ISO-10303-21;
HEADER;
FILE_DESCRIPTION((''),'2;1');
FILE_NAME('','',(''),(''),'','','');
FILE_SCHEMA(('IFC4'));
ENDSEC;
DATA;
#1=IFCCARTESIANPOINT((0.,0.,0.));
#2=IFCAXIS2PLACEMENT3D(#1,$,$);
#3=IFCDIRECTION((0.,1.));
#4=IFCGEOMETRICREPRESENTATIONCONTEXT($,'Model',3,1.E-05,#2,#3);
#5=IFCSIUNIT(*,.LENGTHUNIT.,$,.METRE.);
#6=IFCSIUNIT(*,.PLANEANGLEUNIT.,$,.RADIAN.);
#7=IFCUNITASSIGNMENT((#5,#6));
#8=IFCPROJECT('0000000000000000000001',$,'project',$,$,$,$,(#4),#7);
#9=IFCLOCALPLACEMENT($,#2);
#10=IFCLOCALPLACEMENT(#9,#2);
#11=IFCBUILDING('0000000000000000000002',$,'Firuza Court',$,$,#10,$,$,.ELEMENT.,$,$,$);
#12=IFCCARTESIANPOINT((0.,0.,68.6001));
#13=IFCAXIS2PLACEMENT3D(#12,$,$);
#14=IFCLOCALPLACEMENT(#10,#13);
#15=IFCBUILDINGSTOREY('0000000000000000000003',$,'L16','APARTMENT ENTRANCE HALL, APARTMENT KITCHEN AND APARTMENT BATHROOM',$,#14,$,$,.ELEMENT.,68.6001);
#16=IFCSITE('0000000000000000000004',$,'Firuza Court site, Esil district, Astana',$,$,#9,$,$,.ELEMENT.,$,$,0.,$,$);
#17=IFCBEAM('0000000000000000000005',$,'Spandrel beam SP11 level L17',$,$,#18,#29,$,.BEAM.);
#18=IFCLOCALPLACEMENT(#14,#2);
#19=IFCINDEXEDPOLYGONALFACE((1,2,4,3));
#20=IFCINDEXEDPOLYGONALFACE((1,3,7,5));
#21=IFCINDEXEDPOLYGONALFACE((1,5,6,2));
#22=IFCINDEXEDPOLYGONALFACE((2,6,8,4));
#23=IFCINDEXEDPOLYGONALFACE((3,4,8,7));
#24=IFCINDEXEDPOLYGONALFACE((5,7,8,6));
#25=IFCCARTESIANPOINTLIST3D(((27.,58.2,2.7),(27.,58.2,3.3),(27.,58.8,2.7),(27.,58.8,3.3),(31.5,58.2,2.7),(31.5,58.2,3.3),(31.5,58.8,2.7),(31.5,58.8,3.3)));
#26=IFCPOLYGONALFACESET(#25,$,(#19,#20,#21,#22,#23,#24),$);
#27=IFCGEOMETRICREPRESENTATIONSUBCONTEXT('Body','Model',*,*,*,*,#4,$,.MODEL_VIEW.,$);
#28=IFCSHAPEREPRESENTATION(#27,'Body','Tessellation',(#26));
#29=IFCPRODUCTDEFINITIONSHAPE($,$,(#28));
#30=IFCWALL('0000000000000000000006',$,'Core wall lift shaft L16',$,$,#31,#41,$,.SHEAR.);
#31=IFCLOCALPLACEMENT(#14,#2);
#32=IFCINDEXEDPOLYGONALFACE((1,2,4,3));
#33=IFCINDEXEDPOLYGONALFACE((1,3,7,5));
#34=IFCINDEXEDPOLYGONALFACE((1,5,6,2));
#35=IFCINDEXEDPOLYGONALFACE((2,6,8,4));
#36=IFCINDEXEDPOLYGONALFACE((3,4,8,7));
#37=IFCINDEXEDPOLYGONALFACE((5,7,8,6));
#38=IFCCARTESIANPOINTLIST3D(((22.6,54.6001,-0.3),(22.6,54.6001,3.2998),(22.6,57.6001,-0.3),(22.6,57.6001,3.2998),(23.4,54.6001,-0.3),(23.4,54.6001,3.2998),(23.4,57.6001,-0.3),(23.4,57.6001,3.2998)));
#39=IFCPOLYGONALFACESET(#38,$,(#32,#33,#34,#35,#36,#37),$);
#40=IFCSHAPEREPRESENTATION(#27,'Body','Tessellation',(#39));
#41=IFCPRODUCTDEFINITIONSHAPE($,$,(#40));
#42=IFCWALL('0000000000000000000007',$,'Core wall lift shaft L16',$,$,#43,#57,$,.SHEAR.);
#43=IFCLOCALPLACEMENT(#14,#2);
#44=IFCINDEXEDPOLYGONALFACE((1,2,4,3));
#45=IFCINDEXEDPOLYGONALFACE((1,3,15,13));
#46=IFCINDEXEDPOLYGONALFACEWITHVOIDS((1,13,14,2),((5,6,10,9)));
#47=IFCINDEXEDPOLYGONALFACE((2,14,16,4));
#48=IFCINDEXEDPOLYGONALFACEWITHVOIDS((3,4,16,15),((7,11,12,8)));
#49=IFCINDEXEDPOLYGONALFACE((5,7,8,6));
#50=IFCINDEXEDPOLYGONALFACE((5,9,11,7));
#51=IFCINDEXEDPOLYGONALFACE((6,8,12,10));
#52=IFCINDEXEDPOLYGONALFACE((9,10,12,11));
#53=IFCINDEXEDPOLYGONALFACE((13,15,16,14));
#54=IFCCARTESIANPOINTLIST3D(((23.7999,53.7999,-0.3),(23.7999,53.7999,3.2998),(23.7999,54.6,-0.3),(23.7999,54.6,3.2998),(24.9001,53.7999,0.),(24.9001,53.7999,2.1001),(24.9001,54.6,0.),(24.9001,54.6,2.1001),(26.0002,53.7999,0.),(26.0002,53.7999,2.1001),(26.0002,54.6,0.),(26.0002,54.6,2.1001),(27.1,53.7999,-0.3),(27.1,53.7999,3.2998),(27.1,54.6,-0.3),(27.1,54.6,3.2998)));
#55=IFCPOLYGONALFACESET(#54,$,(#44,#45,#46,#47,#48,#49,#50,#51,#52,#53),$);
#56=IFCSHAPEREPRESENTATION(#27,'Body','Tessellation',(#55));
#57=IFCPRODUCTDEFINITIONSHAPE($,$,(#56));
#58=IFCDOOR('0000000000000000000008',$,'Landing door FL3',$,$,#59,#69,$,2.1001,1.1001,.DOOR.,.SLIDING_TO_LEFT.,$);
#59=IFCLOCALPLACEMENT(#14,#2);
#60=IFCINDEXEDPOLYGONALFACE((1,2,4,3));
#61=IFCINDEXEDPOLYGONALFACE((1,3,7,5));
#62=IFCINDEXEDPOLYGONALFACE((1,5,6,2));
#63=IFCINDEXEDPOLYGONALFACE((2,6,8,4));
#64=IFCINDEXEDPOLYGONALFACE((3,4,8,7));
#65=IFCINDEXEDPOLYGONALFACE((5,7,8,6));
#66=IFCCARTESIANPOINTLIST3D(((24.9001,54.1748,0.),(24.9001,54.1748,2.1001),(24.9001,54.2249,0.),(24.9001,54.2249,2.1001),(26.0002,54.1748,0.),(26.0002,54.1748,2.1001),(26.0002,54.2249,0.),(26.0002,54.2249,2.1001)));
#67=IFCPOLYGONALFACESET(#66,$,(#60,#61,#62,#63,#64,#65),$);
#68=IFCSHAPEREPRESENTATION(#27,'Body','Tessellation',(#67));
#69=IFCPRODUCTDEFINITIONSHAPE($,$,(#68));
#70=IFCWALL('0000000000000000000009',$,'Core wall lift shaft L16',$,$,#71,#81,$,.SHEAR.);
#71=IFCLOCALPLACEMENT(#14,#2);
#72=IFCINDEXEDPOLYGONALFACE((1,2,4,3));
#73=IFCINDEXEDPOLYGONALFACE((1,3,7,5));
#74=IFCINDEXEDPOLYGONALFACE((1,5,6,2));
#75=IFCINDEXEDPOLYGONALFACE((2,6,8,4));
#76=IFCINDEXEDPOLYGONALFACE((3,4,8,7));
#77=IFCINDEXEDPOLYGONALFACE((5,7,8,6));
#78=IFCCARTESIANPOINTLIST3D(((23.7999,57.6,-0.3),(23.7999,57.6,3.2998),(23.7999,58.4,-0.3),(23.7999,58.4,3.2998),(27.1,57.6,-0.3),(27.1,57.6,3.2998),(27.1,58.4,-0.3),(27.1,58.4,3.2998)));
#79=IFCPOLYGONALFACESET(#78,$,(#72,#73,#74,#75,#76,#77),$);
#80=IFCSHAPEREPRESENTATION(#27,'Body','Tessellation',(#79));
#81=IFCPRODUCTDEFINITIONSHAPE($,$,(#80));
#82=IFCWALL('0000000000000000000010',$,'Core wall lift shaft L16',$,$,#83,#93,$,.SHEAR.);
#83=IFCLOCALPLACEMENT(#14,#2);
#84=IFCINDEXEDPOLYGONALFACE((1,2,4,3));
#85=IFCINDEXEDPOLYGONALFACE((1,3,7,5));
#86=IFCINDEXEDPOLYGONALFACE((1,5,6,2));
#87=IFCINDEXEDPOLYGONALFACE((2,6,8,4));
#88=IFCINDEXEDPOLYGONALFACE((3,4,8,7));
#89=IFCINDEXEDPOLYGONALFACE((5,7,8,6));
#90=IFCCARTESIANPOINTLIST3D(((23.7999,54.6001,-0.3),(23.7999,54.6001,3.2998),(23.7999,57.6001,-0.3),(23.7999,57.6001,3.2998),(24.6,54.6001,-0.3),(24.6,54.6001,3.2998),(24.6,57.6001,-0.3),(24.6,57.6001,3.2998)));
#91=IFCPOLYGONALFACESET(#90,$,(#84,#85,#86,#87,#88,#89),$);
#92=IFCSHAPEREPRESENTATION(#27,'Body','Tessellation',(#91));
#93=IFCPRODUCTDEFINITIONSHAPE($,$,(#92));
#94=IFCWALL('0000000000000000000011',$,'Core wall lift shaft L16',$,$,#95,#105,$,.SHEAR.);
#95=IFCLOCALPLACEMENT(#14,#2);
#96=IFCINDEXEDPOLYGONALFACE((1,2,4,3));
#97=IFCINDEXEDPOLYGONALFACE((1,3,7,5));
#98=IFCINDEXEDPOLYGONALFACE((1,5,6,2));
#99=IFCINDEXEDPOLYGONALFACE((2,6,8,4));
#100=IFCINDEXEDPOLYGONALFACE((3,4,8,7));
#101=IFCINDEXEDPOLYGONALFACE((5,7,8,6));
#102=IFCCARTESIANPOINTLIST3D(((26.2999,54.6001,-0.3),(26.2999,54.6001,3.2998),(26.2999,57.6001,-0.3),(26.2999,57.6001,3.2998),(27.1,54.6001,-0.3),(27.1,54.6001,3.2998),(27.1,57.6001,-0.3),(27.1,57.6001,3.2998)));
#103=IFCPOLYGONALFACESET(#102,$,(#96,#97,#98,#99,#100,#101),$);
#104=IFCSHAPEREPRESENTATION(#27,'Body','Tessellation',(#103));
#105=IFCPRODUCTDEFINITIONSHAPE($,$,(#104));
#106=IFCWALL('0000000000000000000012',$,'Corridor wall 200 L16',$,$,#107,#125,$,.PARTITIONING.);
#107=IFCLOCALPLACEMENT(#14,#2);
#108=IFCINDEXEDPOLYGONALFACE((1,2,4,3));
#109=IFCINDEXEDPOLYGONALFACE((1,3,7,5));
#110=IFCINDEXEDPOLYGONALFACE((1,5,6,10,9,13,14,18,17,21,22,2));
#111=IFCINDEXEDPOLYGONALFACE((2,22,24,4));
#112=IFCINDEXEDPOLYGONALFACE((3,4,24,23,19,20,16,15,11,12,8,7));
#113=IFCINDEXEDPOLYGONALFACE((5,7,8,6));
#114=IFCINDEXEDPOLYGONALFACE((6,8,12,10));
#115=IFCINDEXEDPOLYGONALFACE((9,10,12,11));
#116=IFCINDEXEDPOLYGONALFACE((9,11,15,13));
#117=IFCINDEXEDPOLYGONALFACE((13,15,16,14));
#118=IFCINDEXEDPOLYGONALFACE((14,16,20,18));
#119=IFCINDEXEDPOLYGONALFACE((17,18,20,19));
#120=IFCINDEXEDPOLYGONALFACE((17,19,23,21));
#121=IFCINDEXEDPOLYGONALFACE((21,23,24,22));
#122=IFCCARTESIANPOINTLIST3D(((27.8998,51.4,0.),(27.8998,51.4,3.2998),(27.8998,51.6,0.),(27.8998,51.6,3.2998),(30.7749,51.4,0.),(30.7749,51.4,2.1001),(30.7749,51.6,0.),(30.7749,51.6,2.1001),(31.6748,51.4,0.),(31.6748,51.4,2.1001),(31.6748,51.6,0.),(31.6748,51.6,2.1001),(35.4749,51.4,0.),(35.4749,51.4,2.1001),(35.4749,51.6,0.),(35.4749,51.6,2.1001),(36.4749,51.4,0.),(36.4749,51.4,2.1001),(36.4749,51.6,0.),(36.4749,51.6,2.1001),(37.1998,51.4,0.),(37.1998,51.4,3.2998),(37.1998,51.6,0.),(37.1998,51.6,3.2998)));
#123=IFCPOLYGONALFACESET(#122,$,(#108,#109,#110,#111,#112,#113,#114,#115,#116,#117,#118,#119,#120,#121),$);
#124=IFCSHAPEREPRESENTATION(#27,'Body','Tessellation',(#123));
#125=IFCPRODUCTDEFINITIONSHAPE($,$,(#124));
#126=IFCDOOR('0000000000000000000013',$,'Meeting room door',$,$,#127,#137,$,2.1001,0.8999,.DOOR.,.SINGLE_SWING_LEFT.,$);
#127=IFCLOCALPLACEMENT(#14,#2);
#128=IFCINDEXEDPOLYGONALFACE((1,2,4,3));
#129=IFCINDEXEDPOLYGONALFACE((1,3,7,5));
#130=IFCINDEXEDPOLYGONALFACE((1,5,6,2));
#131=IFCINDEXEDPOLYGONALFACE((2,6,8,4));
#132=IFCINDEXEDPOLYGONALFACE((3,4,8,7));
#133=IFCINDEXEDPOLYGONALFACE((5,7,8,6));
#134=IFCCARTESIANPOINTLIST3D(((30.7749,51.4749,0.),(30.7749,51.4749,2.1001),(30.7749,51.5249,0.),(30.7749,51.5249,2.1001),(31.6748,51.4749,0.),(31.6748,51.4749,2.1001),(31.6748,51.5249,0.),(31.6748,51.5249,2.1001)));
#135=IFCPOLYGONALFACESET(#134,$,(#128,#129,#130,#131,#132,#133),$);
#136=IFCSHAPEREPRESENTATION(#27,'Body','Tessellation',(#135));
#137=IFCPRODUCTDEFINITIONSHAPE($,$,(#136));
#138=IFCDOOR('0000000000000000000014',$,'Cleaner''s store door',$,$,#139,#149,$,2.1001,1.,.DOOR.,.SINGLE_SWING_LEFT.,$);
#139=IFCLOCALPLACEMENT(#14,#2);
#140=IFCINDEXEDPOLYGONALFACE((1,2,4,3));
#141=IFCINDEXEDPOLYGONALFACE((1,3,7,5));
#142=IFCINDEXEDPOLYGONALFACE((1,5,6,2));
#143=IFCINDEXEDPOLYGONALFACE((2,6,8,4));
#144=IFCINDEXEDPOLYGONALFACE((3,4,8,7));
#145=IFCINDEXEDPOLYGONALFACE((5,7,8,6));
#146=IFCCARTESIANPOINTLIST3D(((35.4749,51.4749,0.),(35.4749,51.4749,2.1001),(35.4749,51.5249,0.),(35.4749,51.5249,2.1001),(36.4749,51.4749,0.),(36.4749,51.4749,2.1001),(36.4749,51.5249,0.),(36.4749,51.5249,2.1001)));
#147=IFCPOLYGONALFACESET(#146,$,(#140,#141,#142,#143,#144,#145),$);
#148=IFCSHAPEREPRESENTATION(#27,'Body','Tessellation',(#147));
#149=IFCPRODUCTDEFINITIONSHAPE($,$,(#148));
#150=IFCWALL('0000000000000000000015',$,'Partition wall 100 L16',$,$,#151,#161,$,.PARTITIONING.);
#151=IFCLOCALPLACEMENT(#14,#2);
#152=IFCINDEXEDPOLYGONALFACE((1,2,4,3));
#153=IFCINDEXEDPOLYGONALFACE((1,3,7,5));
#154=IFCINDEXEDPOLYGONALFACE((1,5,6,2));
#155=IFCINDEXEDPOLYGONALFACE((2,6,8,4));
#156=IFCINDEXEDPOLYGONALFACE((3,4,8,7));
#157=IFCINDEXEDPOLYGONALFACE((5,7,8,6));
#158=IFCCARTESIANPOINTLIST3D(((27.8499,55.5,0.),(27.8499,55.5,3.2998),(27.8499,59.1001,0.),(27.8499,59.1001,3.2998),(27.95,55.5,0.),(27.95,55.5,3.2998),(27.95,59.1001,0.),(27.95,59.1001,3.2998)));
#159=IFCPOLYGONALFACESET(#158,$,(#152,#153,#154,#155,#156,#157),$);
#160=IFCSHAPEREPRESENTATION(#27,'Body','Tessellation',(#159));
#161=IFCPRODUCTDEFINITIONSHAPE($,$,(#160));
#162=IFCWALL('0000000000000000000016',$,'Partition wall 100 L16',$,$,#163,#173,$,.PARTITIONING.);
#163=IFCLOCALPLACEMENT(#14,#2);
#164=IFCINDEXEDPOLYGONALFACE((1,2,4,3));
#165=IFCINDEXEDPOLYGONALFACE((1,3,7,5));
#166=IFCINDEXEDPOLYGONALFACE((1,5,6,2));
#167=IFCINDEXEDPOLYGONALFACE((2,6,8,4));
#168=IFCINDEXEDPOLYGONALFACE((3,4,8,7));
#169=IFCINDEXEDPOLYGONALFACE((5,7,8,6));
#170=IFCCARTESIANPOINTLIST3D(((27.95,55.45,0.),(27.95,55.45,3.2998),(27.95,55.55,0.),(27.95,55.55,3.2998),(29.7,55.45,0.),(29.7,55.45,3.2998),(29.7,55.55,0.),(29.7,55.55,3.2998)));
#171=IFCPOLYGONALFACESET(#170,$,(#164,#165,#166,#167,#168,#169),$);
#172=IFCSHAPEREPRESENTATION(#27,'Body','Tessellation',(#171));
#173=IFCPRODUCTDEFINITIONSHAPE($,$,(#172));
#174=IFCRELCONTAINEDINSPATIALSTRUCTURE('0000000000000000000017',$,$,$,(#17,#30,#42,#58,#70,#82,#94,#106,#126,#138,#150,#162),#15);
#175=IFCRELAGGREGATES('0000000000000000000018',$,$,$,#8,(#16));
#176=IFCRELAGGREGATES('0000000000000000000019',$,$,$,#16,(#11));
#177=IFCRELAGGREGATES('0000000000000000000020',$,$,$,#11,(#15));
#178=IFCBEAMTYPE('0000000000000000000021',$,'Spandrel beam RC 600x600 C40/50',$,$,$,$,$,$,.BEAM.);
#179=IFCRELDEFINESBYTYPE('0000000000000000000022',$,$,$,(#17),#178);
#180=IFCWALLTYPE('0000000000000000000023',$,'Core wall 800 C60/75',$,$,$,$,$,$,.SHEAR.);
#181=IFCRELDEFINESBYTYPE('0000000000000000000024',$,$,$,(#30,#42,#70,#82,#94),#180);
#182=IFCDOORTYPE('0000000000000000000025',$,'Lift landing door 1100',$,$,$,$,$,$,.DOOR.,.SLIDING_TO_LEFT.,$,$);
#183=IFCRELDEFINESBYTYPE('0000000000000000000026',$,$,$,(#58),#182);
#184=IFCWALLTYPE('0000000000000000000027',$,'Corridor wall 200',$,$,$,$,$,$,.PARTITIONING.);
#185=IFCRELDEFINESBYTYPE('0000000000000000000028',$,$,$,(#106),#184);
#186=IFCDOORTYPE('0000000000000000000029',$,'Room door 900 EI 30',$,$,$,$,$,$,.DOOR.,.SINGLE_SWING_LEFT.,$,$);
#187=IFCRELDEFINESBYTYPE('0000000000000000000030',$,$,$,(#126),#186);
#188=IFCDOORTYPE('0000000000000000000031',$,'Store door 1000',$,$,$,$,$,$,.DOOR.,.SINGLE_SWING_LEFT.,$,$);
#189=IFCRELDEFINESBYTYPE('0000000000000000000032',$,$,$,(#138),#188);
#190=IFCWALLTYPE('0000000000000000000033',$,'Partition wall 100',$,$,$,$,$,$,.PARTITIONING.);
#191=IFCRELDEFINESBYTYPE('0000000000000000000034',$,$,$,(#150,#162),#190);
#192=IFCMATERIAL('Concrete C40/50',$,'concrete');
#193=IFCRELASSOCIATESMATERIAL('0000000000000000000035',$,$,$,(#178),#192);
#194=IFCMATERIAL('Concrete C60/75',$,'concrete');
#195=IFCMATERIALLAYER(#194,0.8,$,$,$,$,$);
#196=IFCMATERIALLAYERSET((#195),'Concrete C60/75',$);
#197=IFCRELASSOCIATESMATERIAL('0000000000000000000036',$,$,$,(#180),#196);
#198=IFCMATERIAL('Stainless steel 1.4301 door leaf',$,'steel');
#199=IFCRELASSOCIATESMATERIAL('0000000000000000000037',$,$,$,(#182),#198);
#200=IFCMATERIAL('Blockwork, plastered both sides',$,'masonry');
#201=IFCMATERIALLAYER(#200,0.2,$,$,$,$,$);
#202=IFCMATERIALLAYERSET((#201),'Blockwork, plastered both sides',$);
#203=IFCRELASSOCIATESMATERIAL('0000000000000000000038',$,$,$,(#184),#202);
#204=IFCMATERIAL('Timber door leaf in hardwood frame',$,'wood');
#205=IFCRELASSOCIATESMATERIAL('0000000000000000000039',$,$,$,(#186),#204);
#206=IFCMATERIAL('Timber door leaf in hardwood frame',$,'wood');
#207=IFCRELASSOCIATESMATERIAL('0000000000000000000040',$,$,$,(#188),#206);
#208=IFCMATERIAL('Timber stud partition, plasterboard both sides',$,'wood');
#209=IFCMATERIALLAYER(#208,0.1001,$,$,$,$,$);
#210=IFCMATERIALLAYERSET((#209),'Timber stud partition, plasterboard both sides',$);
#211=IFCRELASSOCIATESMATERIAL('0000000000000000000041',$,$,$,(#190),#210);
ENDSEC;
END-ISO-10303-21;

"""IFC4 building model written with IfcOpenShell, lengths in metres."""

from ifc_helpers import new_model, si_unit, direction, frame, frame_2d, origin, origin_2d, place, context, subcontext, project, spatial, rectangle, extrude, material, layer, layer_set, material_profile, profile_set, type_object, element, fill, save


model = new_model("IFC4")

# Units and contexts
model_context = context("Model", 3, precision=1e-05, world=origin(), true_north=direction((0.0, 1.0)))
body_context = subcontext(model_context, "Body", "Model", "MODEL_VIEW")
ifc_project = project(units=[si_unit("LENGTHUNIT", "METRE"), si_unit("PLANEANGLEUNIT", "RADIAN")], contexts=[model_context])

# Site, building, storey
site_placement = place(None, origin())
site = spatial("IfcSite", under=ifc_project, at=site_placement, Name="Firuza Court site, Esil district, Astana", CompositionType="ELEMENT", RefElevation=0.0)
building_placement = place(site_placement, origin())
building = spatial("IfcBuilding", under=site, at=building_placement, Name="Firuza Court", CompositionType="ELEMENT")
storey_placement = place(building_placement, frame((0.0, 0.0, 68.6001)))
storey = spatial("IfcBuildingStorey", under=building, at=storey_placement, Name="L16", Description="APARTMENT ENTRANCE HALL, APARTMENT KITCHEN AND APARTMENT BATHROOM", CompositionType="ELEMENT", Elevation=68.6001)

# Beam
ifc_material_1 = material(Name="Concrete C40/50", Category="concrete")
ifc_material_profile_1 = material_profile(ifc_material_1, rectangle(XDim=0.6001, YDim=0.6001, at=origin_2d()), Name="RC 600x600")
ifc_profile_set_1 = profile_set([ifc_material_profile_1], Name="Concrete C40/50")
beam_type = type_object("IfcBeamType", Name="Spandrel beam RC 600x600 C40/50", PredefinedType="BEAM", material=ifc_profile_set_1)
for number, where, z_axis, x_axis, name in (
    (1, (31.5, 58.5, 3.0), (-1.0, 0.0, 0.0), (0.0, -1.0, 0.0), "Spandrel beam SP11 level L17"),
):
    element("IfcBeam", number, at=place(storey_placement, frame(where, z_axis=z_axis, x_axis=x_axis)), inside=storey, type_object=beam_type, Name=name, PredefinedType="BEAM", context=body_context, shape_type="SweptSolid", body=[
        extrude(rectangle(XDim=0.6001, YDim=0.6001, at=origin_2d()), origin(), (0.0, 0.0, 1.0), 4.5),
    ])

# Wall
ifc_material_2 = material(Name="Concrete C60/75", Category="concrete")
ifc_layer_1 = layer(ifc_material_2, 0.8)
ifc_layer_set_1 = layer_set([ifc_layer_1], Name="Concrete C60/75")
wall_type_1 = type_object("IfcWallType", Name="Core wall 800 C60/75", PredefinedType="SHEAR", material=ifc_layer_set_1)
wall_1_placement = place(storey_placement, frame((23.0, 54.6001, -0.3), z_axis=(0.0, 0.0, 1.0), x_axis=(0.0, 1.0, 0.0)))
element("IfcWall", 2, at=wall_1_placement, inside=storey, type_object=wall_type_1, Name="Core wall lift shaft L16", PredefinedType="SHEAR", context=body_context, shape_type="SweptSolid", body=[
    extrude(rectangle(XDim=3.0, YDim=0.8, at=frame_2d((1.5, 0.0))), origin(), (0.0, 0.0, 1.0), 3.5999),
])

# Wall, opening, door
wall_2_placement = place(storey_placement, frame((23.8, 54.2, -0.3), z_axis=(0.0, 0.0, 1.0), x_axis=(1.0, 0.0, 0.0)))
wall_2 = element("IfcWall", 3, at=wall_2_placement, inside=storey, type_object=wall_type_1, Name="Core wall lift shaft L16", PredefinedType="SHEAR", context=body_context, shape_type="SweptSolid", body=[
    extrude(rectangle(XDim=3.3, YDim=0.8, at=frame_2d((1.6499, 0.0))), origin(), (0.0, 0.0, 1.0), 3.5999),
])
opening_1_placement = place(wall_2_placement, frame((1.1001, 0.0, 0.3)))
opening_1 = element("IfcOpeningElement", 4, at=opening_1_placement, cuts=wall_2, PredefinedType="OPENING", context=body_context, shape_type="SweptSolid", body=[
    extrude(rectangle(XDim=1.1001, YDim=2.1001, at=frame_2d((0.55, 1.05))), frame((0.0, 0.4121, 0.0), z_axis=(0.0, -1.0, 0.0), x_axis=(1.0, 0.0, 0.0)), (0.0, 0.0, 1.0), 0.824),
])
ifc_material_3 = material(Name="Stainless steel 1.4301 door leaf", Category="steel")
door_type_1 = type_object("IfcDoorType", Name="Lift landing door 1100", OperationType="SLIDING_TO_LEFT", PredefinedType="DOOR", material=ifc_material_3)
door_1_placement = place(opening_1_placement, origin())
door_1 = element("IfcDoor", 5, at=door_1_placement, inside=storey, type_object=door_type_1, Name="Landing door FL3", OperationType="SLIDING_TO_LEFT", OverallHeight=2.1001, OverallWidth=1.1001, PredefinedType="DOOR", context=body_context, shape_type="SweptSolid", body=[
    extrude(rectangle(XDim=1.1001, YDim=2.1001, at=frame_2d((0.55, 1.05))), frame((0.0, 0.0249, 0.0), z_axis=(0.0, -1.0, 0.0), x_axis=(1.0, 0.0, 0.0)), (0.0, 0.0, 1.0), 0.05),
])
fill(opening_1, door_1)

# Walls
wall_3_placement = place(storey_placement, frame((23.8, 58.0, -0.3), z_axis=(0.0, 0.0, 1.0), x_axis=(1.0, 0.0, 0.0)))
element("IfcWall", 6, at=wall_3_placement, inside=storey, type_object=wall_type_1, Name="Core wall lift shaft L16", PredefinedType="SHEAR", context=body_context, shape_type="SweptSolid", body=[
    extrude(rectangle(XDim=3.3, YDim=0.8, at=frame_2d((1.6499, 0.0))), origin(), (0.0, 0.0, 1.0), 3.5999),
])
for number, where, z_axis, x_axis, name in (
    (7, (24.2, 54.6001, -0.3), (0.0, 0.0, 1.0), (0.0, 1.0, 0.0), "Core wall lift shaft L16"),
    (8, (26.7, 54.6001, -0.3), (0.0, 0.0, 1.0), (0.0, 1.0, 0.0), "Core wall lift shaft L16"),
):
    element("IfcWall", number, at=place(storey_placement, frame(where, z_axis=z_axis, x_axis=x_axis)), inside=storey, type_object=wall_type_1, Name=name, PredefinedType="SHEAR", context=body_context, shape_type="SweptSolid", body=[
        extrude(rectangle(XDim=3.0, YDim=0.8, at=frame_2d((1.5, 0.0))), origin(), (0.0, 0.0, 1.0), 3.5999),
    ])

# Wall, openings, doors
ifc_material_4 = material(Name="Blockwork, plastered both sides", Category="masonry")
ifc_layer_2 = layer(ifc_material_4, 0.2)
ifc_layer_set_2 = layer_set([ifc_layer_2], Name="Blockwork, plastered both sides")
wall_type_2 = type_object("IfcWallType", Name="Corridor wall 200", PredefinedType="PARTITIONING", material=ifc_layer_set_2)
wall_4_placement = place(storey_placement, frame((27.8999, 51.5, 0.0), z_axis=(0.0, 0.0, 1.0), x_axis=(1.0, 0.0, 0.0)))
wall_4 = element("IfcWall", 9, at=wall_4_placement, inside=storey, type_object=wall_type_2, Name="Corridor wall 200 L16", PredefinedType="PARTITIONING", context=body_context, shape_type="SweptSolid", body=[
    extrude(rectangle(XDim=9.3, YDim=0.2, at=frame_2d((4.6499, 0.0))), origin(), (0.0, 0.0, 1.0), 3.2998),
])
opening_2_placement = place(wall_4_placement, frame((2.875, 0.0, 0.0)))
opening_2 = element("IfcOpeningElement", 10, at=opening_2_placement, cuts=wall_4, PredefinedType="OPENING", context=body_context, shape_type="SweptSolid", body=[
    extrude(rectangle(XDim=0.8999, YDim=2.1001, at=frame_2d((0.45, 1.05))), frame((0.0, 0.1118, 0.0), z_axis=(0.0, -1.0, 0.0), x_axis=(1.0, 0.0, 0.0)), (0.0, 0.0, 1.0), 0.2239),
])
opening_3_placement = place(wall_4_placement, frame((7.575, 0.0, 0.0)))
opening_3 = element("IfcOpeningElement", 11, at=opening_3_placement, cuts=wall_4, PredefinedType="OPENING", context=body_context, shape_type="SweptSolid", body=[
    extrude(rectangle(XDim=1.0, YDim=2.1001, at=frame_2d((0.5, 1.05))), frame((0.0, 0.1118, 0.0), z_axis=(0.0, -1.0, 0.0), x_axis=(1.0, 0.0, 0.0)), (0.0, 0.0, 1.0), 0.2239),
])
ifc_material_5 = material(Name="Timber door leaf in hardwood frame", Category="wood")
door_type_2 = type_object("IfcDoorType", Name="Room door 900 EI 30", OperationType="SINGLE_SWING_LEFT", PredefinedType="DOOR", material=ifc_material_5)
door_2_placement = place(opening_2_placement, origin())
door_2 = element("IfcDoor", 12, at=door_2_placement, inside=storey, type_object=door_type_2, Name="Meeting room door", OperationType="SINGLE_SWING_LEFT", OverallHeight=2.1001, OverallWidth=0.8999, PredefinedType="DOOR", context=body_context, shape_type="SweptSolid", body=[
    extrude(rectangle(XDim=0.8999, YDim=2.1001, at=frame_2d((0.45, 1.05))), frame((0.0, 0.0249, 0.0), z_axis=(0.0, -1.0, 0.0), x_axis=(1.0, 0.0, 0.0)), (0.0, 0.0, 1.0), 0.05),
])
fill(opening_2, door_2)
ifc_material_6 = material(Name="Timber door leaf in hardwood frame", Category="wood")
door_type_3 = type_object("IfcDoorType", Name="Store door 1000", OperationType="SINGLE_SWING_LEFT", PredefinedType="DOOR", material=ifc_material_6)
door_3_placement = place(opening_3_placement, origin())
door_3 = element("IfcDoor", 13, at=door_3_placement, inside=storey, type_object=door_type_3, Name="Cleaner's store door", OperationType="SINGLE_SWING_LEFT", OverallHeight=2.1001, OverallWidth=1.0, PredefinedType="DOOR", context=body_context, shape_type="SweptSolid", body=[
    extrude(rectangle(XDim=1.0, YDim=2.1001, at=frame_2d((0.5, 1.05))), frame((0.0, 0.0249, 0.0), z_axis=(0.0, -1.0, 0.0), x_axis=(1.0, 0.0, 0.0)), (0.0, 0.0, 1.0), 0.05),
])
fill(opening_3, door_3)

# Walls
ifc_material_7 = material(Name="Timber stud partition, plasterboard both sides", Category="wood")
ifc_layer_3 = layer(ifc_material_7, 0.1001)
ifc_layer_set_3 = layer_set([ifc_layer_3], Name="Timber stud partition, plasterboard both sides")
wall_type_3 = type_object("IfcWallType", Name="Partition wall 100", PredefinedType="PARTITIONING", material=ifc_layer_set_3)
wall_5_placement = place(storey_placement, frame((27.8999, 55.5, 0.0), z_axis=(0.0, 0.0, 1.0), x_axis=(0.0, 1.0, 0.0)))
element("IfcWall", 14, at=wall_5_placement, inside=storey, type_object=wall_type_3, Name="Partition wall 100 L16", PredefinedType="PARTITIONING", context=body_context, shape_type="SweptSolid", body=[
    extrude(rectangle(XDim=3.6001, YDim=0.1001, at=frame_2d((1.8, 0.0))), origin(), (0.0, 0.0, 1.0), 3.2998),
])
wall_6_placement = place(storey_placement, frame((27.95, 55.5, 0.0), z_axis=(0.0, 0.0, 1.0), x_axis=(1.0, 0.0, 0.0)))
element("IfcWall", 15, at=wall_6_placement, inside=storey, type_object=wall_type_3, Name="Partition wall 100 L16", PredefinedType="PARTITIONING", context=body_context, shape_type="SweptSolid", body=[
    extrude(rectangle(XDim=1.75, YDim=0.1001, at=frame_2d((0.875, 0.0))), origin(), (0.0, 0.0, 1.0), 3.2998),
])

save(model, "model.ifc")
